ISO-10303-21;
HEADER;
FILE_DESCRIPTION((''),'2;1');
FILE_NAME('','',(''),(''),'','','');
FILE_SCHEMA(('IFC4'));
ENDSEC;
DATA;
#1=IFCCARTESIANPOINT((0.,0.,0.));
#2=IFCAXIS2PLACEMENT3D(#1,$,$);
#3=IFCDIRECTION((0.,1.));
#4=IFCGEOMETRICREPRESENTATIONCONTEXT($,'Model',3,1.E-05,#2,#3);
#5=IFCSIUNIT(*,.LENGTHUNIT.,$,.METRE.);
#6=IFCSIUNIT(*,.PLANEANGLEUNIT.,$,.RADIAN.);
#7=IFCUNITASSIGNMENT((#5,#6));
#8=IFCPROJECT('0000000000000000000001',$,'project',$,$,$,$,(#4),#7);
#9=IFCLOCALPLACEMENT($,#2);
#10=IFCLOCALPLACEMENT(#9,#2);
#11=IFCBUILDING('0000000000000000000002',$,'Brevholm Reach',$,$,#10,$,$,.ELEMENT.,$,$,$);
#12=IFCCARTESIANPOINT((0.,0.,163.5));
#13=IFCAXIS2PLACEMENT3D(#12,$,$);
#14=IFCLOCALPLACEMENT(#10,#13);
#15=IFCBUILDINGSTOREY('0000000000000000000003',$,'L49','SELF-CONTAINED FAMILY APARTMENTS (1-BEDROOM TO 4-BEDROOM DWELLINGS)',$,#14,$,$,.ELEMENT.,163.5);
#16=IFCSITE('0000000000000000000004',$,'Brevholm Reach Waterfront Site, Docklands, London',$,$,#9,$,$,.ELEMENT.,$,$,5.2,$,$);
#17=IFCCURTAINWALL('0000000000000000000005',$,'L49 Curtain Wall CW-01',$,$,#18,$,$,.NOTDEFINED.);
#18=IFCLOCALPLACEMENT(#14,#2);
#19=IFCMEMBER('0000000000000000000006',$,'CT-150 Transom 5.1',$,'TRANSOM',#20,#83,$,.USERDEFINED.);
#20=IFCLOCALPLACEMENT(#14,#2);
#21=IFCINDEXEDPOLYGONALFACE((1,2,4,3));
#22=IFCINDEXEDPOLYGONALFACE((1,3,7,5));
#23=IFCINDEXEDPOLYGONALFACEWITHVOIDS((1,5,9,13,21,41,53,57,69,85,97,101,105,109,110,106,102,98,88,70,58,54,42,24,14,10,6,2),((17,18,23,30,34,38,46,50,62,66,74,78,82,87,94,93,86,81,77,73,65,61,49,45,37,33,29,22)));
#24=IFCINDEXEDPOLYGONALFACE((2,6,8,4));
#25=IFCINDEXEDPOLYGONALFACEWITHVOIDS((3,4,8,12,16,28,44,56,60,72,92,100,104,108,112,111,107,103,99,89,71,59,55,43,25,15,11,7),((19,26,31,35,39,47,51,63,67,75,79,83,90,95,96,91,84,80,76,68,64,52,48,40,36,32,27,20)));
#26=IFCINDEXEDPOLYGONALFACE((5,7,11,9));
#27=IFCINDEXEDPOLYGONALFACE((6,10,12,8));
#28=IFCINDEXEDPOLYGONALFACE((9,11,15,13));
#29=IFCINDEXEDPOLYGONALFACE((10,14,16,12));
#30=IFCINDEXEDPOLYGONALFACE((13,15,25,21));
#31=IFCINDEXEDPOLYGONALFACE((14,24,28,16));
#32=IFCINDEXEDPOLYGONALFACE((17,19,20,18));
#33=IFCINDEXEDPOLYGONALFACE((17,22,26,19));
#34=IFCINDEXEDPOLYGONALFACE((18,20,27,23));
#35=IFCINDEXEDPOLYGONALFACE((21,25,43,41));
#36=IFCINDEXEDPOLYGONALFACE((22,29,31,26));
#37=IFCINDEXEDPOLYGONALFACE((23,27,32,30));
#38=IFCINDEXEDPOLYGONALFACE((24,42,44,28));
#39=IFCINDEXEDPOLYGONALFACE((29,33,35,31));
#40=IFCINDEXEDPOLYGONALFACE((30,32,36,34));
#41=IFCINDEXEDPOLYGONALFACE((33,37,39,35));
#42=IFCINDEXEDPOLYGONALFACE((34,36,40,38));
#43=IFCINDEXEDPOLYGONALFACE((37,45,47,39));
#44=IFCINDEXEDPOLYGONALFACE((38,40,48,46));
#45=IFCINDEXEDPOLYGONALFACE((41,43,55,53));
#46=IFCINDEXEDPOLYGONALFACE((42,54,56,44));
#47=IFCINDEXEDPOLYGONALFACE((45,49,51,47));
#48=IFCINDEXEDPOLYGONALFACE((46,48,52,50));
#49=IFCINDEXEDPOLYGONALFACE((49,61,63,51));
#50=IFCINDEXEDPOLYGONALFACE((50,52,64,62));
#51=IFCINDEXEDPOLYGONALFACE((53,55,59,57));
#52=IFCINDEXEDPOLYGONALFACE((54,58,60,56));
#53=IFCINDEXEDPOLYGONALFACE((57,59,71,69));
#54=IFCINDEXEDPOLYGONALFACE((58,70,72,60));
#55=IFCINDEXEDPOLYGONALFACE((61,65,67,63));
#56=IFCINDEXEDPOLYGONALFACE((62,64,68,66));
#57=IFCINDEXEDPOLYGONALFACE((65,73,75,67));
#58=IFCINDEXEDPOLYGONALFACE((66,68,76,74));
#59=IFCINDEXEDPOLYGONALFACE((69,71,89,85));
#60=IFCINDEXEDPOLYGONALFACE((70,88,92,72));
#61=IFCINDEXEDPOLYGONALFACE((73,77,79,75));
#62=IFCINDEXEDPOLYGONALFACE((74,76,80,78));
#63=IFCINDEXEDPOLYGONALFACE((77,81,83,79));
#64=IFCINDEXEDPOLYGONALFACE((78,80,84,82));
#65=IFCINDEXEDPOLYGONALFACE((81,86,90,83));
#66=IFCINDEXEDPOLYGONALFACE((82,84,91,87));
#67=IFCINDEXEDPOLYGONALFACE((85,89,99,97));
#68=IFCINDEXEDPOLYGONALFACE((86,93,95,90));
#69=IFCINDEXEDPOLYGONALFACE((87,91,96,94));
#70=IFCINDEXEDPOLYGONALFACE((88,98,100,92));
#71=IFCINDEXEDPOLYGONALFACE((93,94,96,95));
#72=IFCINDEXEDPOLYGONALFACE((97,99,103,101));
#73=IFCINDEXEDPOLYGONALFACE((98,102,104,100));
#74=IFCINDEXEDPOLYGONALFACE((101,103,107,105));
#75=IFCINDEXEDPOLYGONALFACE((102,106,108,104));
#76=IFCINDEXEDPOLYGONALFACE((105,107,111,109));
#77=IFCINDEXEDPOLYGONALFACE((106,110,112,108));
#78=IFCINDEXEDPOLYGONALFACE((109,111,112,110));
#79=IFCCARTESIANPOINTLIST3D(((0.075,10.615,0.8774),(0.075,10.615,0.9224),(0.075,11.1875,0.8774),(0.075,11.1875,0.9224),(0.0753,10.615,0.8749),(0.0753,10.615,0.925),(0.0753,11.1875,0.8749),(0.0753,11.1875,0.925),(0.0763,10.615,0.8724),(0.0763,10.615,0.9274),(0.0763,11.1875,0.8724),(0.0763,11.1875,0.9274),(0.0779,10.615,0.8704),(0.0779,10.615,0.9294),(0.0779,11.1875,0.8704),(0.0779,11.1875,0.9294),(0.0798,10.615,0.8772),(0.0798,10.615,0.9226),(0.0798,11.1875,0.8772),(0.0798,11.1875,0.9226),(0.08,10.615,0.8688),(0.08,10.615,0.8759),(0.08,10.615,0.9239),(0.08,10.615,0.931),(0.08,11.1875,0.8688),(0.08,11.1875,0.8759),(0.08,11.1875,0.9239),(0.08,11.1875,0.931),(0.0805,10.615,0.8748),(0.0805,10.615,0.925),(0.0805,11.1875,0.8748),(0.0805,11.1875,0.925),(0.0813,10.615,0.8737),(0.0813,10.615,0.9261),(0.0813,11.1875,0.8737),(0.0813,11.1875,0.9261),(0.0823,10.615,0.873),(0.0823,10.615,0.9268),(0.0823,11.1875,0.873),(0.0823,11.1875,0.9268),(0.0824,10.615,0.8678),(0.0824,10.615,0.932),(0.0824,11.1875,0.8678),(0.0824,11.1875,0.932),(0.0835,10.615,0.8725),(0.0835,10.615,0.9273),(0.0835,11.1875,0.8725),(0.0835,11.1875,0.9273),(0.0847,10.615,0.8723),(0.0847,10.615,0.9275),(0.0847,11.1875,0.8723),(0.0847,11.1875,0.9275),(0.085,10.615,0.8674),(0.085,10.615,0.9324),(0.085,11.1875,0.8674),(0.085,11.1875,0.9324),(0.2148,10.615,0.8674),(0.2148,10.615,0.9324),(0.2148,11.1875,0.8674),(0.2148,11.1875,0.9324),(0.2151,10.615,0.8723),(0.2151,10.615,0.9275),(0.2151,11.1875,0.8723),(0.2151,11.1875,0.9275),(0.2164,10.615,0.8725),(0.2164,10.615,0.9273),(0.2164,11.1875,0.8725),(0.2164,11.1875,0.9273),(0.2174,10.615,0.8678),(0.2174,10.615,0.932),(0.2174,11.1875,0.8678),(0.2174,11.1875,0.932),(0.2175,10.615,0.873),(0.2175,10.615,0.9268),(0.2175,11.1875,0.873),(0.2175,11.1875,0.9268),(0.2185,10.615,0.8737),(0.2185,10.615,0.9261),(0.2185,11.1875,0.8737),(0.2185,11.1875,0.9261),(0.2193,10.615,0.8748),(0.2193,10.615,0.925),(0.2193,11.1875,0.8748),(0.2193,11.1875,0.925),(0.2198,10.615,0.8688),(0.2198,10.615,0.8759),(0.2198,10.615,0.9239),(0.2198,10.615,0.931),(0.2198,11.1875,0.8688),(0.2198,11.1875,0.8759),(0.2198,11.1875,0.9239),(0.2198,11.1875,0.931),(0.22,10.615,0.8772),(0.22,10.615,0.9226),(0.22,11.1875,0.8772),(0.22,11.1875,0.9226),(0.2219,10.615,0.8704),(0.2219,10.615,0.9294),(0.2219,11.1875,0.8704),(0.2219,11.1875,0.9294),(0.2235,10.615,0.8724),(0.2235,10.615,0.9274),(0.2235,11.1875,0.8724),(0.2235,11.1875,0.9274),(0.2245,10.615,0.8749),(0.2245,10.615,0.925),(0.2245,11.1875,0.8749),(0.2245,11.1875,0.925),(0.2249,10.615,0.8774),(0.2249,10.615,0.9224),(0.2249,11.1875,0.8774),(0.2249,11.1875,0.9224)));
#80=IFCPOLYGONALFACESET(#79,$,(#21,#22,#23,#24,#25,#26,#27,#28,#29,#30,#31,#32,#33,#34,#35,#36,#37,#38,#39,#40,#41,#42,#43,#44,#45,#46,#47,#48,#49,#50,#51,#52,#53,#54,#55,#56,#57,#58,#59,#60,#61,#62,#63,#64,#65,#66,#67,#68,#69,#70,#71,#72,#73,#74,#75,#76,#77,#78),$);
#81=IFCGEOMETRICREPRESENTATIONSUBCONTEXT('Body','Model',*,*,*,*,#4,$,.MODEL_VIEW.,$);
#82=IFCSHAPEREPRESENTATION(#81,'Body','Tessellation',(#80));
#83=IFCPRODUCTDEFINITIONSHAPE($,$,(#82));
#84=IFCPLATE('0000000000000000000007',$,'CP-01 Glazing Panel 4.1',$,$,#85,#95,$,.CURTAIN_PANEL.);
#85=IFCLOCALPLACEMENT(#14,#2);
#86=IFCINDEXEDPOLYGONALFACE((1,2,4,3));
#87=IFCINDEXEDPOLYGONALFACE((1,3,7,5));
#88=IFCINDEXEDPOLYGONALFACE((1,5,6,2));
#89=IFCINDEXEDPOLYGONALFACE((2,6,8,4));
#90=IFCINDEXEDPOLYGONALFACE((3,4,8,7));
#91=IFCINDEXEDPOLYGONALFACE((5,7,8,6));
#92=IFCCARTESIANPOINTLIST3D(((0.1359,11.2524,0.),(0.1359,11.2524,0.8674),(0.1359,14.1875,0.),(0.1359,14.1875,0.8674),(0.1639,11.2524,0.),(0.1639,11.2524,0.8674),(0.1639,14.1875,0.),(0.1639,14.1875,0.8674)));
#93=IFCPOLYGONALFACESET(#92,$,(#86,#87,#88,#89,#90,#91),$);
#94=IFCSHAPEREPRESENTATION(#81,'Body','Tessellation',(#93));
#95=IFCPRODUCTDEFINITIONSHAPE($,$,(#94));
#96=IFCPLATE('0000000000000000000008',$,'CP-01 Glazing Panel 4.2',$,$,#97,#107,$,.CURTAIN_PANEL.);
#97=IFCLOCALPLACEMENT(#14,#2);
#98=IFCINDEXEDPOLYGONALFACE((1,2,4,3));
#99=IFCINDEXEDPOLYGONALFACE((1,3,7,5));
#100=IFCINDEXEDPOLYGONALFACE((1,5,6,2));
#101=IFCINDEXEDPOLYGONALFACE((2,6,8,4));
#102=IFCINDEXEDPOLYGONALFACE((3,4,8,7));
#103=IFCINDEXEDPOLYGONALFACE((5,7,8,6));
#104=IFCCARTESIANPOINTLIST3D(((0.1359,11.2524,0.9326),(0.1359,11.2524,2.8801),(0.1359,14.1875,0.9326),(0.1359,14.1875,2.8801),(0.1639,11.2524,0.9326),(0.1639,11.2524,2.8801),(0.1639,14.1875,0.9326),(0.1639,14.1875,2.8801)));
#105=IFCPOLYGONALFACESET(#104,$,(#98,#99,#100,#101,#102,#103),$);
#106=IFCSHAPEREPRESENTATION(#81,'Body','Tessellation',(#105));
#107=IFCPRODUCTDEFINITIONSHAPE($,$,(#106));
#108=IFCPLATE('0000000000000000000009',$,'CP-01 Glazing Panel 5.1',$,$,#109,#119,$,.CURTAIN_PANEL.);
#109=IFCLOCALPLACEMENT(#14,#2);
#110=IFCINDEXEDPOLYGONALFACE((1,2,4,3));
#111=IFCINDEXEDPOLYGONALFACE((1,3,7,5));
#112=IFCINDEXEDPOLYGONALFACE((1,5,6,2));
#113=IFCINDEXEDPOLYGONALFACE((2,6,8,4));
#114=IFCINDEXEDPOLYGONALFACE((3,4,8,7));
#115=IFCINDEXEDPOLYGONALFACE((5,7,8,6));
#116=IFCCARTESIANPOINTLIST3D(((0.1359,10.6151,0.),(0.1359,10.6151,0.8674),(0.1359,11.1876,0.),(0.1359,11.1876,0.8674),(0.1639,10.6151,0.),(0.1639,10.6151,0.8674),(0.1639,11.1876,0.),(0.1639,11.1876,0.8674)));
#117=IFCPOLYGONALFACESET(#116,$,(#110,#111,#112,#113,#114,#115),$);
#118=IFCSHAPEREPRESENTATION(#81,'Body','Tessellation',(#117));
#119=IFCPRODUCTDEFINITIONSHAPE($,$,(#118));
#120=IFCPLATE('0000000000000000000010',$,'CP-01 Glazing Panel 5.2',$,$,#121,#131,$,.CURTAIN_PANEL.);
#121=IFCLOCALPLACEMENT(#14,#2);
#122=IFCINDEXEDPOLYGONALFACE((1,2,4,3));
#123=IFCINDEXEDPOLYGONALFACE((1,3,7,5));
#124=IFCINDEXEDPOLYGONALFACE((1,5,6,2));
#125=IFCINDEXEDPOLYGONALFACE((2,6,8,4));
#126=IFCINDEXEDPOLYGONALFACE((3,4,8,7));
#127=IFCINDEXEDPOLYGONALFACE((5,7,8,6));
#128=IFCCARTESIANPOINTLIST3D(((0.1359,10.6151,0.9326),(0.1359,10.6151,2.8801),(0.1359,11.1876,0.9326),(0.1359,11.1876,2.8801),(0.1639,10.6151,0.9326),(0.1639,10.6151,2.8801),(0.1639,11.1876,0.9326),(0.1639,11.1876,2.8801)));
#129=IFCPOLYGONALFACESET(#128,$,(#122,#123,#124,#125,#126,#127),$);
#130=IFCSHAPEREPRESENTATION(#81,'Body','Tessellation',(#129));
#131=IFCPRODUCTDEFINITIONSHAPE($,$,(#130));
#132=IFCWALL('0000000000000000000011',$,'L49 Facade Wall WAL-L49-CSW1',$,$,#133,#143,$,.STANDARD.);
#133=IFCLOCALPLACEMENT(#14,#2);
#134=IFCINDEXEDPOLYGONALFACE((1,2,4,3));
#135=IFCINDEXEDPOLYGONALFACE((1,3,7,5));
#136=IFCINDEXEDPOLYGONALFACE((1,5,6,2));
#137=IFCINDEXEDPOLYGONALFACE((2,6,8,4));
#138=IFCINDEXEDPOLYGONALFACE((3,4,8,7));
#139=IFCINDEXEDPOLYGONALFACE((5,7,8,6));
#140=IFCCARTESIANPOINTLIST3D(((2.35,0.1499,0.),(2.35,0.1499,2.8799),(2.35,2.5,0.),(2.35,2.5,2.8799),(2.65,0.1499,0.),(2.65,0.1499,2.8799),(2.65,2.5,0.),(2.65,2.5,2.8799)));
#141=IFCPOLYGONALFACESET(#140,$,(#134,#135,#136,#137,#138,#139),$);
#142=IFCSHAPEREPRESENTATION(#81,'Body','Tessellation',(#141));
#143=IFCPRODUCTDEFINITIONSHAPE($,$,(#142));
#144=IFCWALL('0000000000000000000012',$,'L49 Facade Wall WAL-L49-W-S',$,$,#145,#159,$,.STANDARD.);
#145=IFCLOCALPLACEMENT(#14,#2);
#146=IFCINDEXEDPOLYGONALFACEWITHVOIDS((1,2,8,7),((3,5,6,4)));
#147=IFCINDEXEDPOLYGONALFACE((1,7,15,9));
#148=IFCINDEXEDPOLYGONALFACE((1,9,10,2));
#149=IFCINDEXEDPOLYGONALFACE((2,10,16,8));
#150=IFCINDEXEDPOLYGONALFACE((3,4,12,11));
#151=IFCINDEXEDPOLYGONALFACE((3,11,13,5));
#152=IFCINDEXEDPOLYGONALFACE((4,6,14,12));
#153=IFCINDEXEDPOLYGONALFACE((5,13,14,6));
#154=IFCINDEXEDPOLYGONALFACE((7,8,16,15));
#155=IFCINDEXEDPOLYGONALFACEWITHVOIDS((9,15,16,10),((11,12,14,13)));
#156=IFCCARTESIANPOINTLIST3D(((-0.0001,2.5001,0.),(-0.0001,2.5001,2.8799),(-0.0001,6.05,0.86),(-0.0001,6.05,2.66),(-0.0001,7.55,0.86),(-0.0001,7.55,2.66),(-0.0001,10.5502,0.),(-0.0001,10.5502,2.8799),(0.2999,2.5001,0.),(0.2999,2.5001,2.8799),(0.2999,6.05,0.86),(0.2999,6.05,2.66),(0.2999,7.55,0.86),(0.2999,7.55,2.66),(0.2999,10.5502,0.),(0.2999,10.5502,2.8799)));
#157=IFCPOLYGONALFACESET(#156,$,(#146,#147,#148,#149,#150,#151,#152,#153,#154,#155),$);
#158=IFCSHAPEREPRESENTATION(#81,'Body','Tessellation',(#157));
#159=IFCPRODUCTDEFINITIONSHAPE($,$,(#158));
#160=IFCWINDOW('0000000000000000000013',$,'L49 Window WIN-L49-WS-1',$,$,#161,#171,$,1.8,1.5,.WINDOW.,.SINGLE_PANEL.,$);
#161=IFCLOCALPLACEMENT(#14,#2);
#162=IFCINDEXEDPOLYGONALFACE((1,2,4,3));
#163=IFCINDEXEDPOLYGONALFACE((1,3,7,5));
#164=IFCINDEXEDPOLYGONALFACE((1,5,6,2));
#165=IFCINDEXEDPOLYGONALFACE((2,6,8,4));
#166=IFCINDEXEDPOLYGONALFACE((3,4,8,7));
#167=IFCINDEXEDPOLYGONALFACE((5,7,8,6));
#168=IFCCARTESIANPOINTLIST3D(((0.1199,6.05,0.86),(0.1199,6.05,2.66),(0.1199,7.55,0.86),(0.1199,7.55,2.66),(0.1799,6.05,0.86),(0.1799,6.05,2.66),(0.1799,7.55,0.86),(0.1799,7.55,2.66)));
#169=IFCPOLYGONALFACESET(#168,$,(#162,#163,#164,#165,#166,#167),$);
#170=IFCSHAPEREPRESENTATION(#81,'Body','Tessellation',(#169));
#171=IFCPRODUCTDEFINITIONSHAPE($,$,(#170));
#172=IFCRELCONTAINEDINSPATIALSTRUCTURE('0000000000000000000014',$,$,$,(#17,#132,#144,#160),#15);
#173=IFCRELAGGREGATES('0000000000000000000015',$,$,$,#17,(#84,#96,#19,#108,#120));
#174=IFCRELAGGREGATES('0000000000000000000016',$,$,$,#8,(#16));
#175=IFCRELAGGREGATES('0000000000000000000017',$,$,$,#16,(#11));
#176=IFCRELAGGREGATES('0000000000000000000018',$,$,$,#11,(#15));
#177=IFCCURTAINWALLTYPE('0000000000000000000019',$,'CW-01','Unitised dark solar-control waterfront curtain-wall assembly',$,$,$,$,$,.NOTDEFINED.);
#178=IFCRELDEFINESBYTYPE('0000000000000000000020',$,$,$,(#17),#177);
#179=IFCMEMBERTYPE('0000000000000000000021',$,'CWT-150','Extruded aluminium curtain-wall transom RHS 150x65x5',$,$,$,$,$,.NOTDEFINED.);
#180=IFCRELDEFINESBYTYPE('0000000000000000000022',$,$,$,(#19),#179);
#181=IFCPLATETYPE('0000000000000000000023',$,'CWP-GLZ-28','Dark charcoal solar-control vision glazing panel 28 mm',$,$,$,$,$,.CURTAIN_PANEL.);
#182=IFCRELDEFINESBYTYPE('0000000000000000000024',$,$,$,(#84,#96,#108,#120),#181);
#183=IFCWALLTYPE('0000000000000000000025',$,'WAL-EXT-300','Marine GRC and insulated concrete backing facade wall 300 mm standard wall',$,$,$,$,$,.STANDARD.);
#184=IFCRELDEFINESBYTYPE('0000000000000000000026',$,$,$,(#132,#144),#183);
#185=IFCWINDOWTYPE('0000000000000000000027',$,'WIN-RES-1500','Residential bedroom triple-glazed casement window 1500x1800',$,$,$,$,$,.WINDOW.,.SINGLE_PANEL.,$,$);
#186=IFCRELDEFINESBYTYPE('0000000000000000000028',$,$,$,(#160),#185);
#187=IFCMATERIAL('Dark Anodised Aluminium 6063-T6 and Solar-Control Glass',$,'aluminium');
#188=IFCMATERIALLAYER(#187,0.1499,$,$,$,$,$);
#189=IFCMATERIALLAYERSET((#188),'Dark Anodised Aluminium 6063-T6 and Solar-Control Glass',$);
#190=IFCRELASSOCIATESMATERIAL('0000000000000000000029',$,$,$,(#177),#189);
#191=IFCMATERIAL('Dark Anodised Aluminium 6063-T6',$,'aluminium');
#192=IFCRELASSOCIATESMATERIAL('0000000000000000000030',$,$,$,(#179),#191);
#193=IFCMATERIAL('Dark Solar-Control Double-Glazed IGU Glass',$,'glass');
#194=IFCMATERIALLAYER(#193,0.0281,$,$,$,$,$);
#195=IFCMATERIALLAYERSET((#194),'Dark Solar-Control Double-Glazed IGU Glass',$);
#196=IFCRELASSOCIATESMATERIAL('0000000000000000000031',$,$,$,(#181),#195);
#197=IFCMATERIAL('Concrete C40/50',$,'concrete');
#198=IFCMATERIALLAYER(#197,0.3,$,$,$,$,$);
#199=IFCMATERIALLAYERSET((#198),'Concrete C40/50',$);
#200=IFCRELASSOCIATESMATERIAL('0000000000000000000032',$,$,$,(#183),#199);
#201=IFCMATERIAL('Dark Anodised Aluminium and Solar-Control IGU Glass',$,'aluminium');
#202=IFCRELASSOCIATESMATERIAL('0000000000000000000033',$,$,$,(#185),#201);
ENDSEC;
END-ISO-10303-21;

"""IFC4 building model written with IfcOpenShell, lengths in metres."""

from ifc_helpers import new_model, si_unit, direction, frame, frame_2d, origin, origin_2d, place, context, subcontext, project, spatial, rectangle, hollow_rectangle, extrude, material, layer, layer_set, material_profile, profile_set, type_object, element, fill, aggregate, save


model = new_model("IFC4")

# Units and contexts
model_context = context("Model", 3, precision=1e-05, world=origin(), true_north=direction((0.0, 1.0)))
body_context = subcontext(model_context, "Body", "Model", "MODEL_VIEW")
ifc_project = project(units=[si_unit("LENGTHUNIT", "METRE"), si_unit("PLANEANGLEUNIT", "RADIAN")], contexts=[model_context])

# Site, building, storey
site_placement = place(None, origin())
site = spatial("IfcSite", under=ifc_project, at=site_placement, Name="Brevholm Reach Waterfront Site, Docklands, London", CompositionType="ELEMENT", RefElevation=5.2)
building_placement = place(site_placement, origin())
building = spatial("IfcBuilding", under=site, at=building_placement, Name="Brevholm Reach", CompositionType="ELEMENT")
storey_placement = place(building_placement, frame((0.0, 0.0, 163.5)))
storey = spatial("IfcBuildingStorey", under=building, at=storey_placement, Name="L49", Description="SELF-CONTAINED FAMILY APARTMENTS (1-BEDROOM TO 4-BEDROOM DWELLINGS)", CompositionType="ELEMENT", Elevation=163.5)

# Curtain wall, member, plates
ifc_material_1 = material(Name="Dark Anodised Aluminium 6063-T6 and Solar-Control Glass", Category="aluminium")
ifc_layer_1 = layer(ifc_material_1, 0.1499)
ifc_layer_set_1 = layer_set([ifc_layer_1], Name="Dark Anodised Aluminium 6063-T6 and Solar-Control Glass")
curtain_wall_type = type_object("IfcCurtainWallType", Name="CW-01", Description="Unitised dark solar-control waterfront curtain-wall assembly", PredefinedType="NOTDEFINED", material=ifc_layer_set_1)
curtain_wall_placement = place(storey_placement, origin())
curtain_wall = element("IfcCurtainWall", 1, at=curtain_wall_placement, inside=storey, type_object=curtain_wall_type, Name="L49 Curtain Wall CW-01", PredefinedType="NOTDEFINED")
ifc_material_2 = material(Name="Dark Anodised Aluminium 6063-T6", Category="aluminium")
ifc_material_profile_1 = material_profile(ifc_material_2, hollow_rectangle(XDim=0.0649, YDim=0.1499, WallThickness=0.0049, InnerFilletRadius=0.0049, OuterFilletRadius=0.01, at=origin_2d()), Name="RHS 150x65x5")
ifc_profile_set_1 = profile_set([ifc_material_profile_1], Name="Dark Anodised Aluminium 6063-T6")
member_type_1 = type_object("IfcMemberType", Name="CWT-150", Description="Extruded aluminium curtain-wall transom RHS 150x65x5", PredefinedType="NOTDEFINED", material=ifc_profile_set_1)
member_1_placement = place(storey_placement, frame((0.1499, 11.1875, 0.8999), z_axis=(0.0, -1.0, 0.0), x_axis=(0.0, 0.0, 1.0)))
member_1 = element("IfcMember", 2, at=member_1_placement, type_object=member_type_1, Name="CT-150 Transom 5.1", ObjectType="TRANSOM", PredefinedType="USERDEFINED", context=body_context, shape_type="SweptSolid", body=[
    extrude(hollow_rectangle(XDim=0.0649, YDim=0.1499, WallThickness=0.0049, InnerFilletRadius=0.0049, OuterFilletRadius=0.01, at=origin_2d()), origin(), (0.0, 0.0, 1.0), 0.5725),
])
ifc_material_3 = material(Name="Dark Solar-Control Double-Glazed IGU Glass", Category="glass")
ifc_layer_2 = layer(ifc_material_3, 0.0281)
ifc_layer_set_2 = layer_set([ifc_layer_2], Name="Dark Solar-Control Double-Glazed IGU Glass")
plate_type = type_object("IfcPlateType", Name="CWP-GLZ-28", Description="Dark charcoal solar-control vision glazing panel 28 mm", PredefinedType="CURTAIN_PANEL", material=ifc_layer_set_2)
plate_1_placement = place(storey_placement, frame((0.1499, 12.72, 0.0), z_axis=(0.0, 0.0, 1.0), x_axis=(0.0, -1.0, 0.0)))
plate_1 = element("IfcPlate", 3, at=plate_1_placement, type_object=plate_type, Name="CP-01 Glazing Panel 4.1", PredefinedType="CURTAIN_PANEL", context=body_context, shape_type="SweptSolid", body=[
    extrude(rectangle(XDim=2.9351, YDim=0.0281, at=origin_2d()), origin(), (0.0, 0.0, 1.0), 0.8674),
])
plate_2_placement = place(storey_placement, frame((0.1499, 12.72, 0.9326), z_axis=(0.0, 0.0, 1.0), x_axis=(0.0, -1.0, 0.0)))
plate_2 = element("IfcPlate", 4, at=plate_2_placement, type_object=plate_type, Name="CP-01 Glazing Panel 4.2", PredefinedType="CURTAIN_PANEL", context=body_context, shape_type="SweptSolid", body=[
    extrude(rectangle(XDim=2.9351, YDim=0.0281, at=origin_2d()), origin(), (0.0, 0.0, 1.0), 1.9475),
])
plate_3_placement = place(storey_placement, frame((0.1499, 10.9014, 0.0), z_axis=(0.0, 0.0, 1.0), x_axis=(0.0, -1.0, 0.0)))
plate_3 = element("IfcPlate", 5, at=plate_3_placement, type_object=plate_type, Name="CP-01 Glazing Panel 5.1", PredefinedType="CURTAIN_PANEL", context=body_context, shape_type="SweptSolid", body=[
    extrude(rectangle(XDim=0.5725, YDim=0.0281, at=origin_2d()), origin(), (0.0, 0.0, 1.0), 0.8674),
])
plate_4_placement = place(storey_placement, frame((0.1499, 10.9014, 0.9326), z_axis=(0.0, 0.0, 1.0), x_axis=(0.0, -1.0, 0.0)))
plate_4 = element("IfcPlate", 6, at=plate_4_placement, type_object=plate_type, Name="CP-01 Glazing Panel 5.2", PredefinedType="CURTAIN_PANEL", context=body_context, shape_type="SweptSolid", body=[
    extrude(rectangle(XDim=0.5725, YDim=0.0281, at=origin_2d()), origin(), (0.0, 0.0, 1.0), 1.9475),
])
aggregate(curtain_wall, [plate_1, plate_2, member_1, plate_3, plate_4])

# Wall
ifc_material_4 = material(Name="Concrete C40/50", Category="concrete")
ifc_layer_3 = layer(ifc_material_4, 0.3)
ifc_layer_set_3 = layer_set([ifc_layer_3], Name="Concrete C40/50")
wall_type_1 = type_object("IfcWallType", Name="WAL-EXT-300", Description="Marine GRC and insulated concrete backing facade wall 300 mm standard wall", PredefinedType="STANDARD", material=ifc_layer_set_3)
wall_1_placement = place(storey_placement, frame((2.5, 2.5, 0.0), z_axis=(0.0, 0.0, 1.0), x_axis=(0.0, -1.0, 0.0)))
element("IfcWall", 7, at=wall_1_placement, inside=storey, type_object=wall_type_1, Name="L49 Facade Wall WAL-L49-CSW1", PredefinedType="STANDARD", context=body_context, shape_type="SweptSolid", body=[
    extrude(rectangle(XDim=2.3501, YDim=0.3, at=frame_2d((1.175, 0.0))), origin(), (0.0, 0.0, 1.0), 2.8799),
])

# Wall, opening, window
wall_2_placement = place(storey_placement, frame((0.1499, 10.55, 0.0), z_axis=(0.0, 0.0, 1.0), x_axis=(0.0, -1.0, 0.0)))
wall_2 = element("IfcWall", 8, at=wall_2_placement, inside=storey, type_object=wall_type_1, Name="L49 Facade Wall WAL-L49-W-S", PredefinedType="STANDARD", context=body_context, shape_type="SweptSolid", body=[
    extrude(rectangle(XDim=8.05, YDim=0.3, at=frame_2d((4.0249, 0.0))), origin(), (0.0, 0.0, 1.0), 2.8799),
])
opening_1_placement = place(wall_2_placement, frame((3.0, 0.0, 0.8601)))
opening_1 = element("IfcOpeningElement", 9, at=opening_1_placement, cuts=wall_2, PredefinedType="OPENING", context=body_context, shape_type="SweptSolid", body=[
    extrude(rectangle(XDim=1.5, YDim=1.8, at=frame_2d((0.75, 0.8999))), frame((0.0, 0.1599, 0.0), z_axis=(0.0, -1.0, 0.0), x_axis=(1.0, 0.0, 0.0)), (0.0, 0.0, 1.0), 0.3201),
])
ifc_material_5 = material(Name="Dark Anodised Aluminium and Solar-Control IGU Glass", Category="aluminium")
window_type = type_object("IfcWindowType", Name="WIN-RES-1500", Description="Residential bedroom triple-glazed casement window 1500x1800", PartitioningType="SINGLE_PANEL", PredefinedType="WINDOW", material=ifc_material_5)
window_placement = place(opening_1_placement, origin())
window = element("IfcWindow", 10, at=window_placement, inside=storey, type_object=window_type, Name="L49 Window WIN-L49-WS-1", OverallHeight=1.8, OverallWidth=1.5, PartitioningType="SINGLE_PANEL", PredefinedType="WINDOW", context=body_context, shape_type="SweptSolid", body=[
    extrude(rectangle(XDim=1.5, YDim=1.8, at=frame_2d((0.75, 0.8999))), frame((0.0, 0.03, 0.0), z_axis=(0.0, -1.0, 0.0), x_axis=(1.0, 0.0, 0.0)), (0.0, 0.0, 1.0), 0.0601),
])
fill(opening_1, window)

save(model, "model.ifc")
